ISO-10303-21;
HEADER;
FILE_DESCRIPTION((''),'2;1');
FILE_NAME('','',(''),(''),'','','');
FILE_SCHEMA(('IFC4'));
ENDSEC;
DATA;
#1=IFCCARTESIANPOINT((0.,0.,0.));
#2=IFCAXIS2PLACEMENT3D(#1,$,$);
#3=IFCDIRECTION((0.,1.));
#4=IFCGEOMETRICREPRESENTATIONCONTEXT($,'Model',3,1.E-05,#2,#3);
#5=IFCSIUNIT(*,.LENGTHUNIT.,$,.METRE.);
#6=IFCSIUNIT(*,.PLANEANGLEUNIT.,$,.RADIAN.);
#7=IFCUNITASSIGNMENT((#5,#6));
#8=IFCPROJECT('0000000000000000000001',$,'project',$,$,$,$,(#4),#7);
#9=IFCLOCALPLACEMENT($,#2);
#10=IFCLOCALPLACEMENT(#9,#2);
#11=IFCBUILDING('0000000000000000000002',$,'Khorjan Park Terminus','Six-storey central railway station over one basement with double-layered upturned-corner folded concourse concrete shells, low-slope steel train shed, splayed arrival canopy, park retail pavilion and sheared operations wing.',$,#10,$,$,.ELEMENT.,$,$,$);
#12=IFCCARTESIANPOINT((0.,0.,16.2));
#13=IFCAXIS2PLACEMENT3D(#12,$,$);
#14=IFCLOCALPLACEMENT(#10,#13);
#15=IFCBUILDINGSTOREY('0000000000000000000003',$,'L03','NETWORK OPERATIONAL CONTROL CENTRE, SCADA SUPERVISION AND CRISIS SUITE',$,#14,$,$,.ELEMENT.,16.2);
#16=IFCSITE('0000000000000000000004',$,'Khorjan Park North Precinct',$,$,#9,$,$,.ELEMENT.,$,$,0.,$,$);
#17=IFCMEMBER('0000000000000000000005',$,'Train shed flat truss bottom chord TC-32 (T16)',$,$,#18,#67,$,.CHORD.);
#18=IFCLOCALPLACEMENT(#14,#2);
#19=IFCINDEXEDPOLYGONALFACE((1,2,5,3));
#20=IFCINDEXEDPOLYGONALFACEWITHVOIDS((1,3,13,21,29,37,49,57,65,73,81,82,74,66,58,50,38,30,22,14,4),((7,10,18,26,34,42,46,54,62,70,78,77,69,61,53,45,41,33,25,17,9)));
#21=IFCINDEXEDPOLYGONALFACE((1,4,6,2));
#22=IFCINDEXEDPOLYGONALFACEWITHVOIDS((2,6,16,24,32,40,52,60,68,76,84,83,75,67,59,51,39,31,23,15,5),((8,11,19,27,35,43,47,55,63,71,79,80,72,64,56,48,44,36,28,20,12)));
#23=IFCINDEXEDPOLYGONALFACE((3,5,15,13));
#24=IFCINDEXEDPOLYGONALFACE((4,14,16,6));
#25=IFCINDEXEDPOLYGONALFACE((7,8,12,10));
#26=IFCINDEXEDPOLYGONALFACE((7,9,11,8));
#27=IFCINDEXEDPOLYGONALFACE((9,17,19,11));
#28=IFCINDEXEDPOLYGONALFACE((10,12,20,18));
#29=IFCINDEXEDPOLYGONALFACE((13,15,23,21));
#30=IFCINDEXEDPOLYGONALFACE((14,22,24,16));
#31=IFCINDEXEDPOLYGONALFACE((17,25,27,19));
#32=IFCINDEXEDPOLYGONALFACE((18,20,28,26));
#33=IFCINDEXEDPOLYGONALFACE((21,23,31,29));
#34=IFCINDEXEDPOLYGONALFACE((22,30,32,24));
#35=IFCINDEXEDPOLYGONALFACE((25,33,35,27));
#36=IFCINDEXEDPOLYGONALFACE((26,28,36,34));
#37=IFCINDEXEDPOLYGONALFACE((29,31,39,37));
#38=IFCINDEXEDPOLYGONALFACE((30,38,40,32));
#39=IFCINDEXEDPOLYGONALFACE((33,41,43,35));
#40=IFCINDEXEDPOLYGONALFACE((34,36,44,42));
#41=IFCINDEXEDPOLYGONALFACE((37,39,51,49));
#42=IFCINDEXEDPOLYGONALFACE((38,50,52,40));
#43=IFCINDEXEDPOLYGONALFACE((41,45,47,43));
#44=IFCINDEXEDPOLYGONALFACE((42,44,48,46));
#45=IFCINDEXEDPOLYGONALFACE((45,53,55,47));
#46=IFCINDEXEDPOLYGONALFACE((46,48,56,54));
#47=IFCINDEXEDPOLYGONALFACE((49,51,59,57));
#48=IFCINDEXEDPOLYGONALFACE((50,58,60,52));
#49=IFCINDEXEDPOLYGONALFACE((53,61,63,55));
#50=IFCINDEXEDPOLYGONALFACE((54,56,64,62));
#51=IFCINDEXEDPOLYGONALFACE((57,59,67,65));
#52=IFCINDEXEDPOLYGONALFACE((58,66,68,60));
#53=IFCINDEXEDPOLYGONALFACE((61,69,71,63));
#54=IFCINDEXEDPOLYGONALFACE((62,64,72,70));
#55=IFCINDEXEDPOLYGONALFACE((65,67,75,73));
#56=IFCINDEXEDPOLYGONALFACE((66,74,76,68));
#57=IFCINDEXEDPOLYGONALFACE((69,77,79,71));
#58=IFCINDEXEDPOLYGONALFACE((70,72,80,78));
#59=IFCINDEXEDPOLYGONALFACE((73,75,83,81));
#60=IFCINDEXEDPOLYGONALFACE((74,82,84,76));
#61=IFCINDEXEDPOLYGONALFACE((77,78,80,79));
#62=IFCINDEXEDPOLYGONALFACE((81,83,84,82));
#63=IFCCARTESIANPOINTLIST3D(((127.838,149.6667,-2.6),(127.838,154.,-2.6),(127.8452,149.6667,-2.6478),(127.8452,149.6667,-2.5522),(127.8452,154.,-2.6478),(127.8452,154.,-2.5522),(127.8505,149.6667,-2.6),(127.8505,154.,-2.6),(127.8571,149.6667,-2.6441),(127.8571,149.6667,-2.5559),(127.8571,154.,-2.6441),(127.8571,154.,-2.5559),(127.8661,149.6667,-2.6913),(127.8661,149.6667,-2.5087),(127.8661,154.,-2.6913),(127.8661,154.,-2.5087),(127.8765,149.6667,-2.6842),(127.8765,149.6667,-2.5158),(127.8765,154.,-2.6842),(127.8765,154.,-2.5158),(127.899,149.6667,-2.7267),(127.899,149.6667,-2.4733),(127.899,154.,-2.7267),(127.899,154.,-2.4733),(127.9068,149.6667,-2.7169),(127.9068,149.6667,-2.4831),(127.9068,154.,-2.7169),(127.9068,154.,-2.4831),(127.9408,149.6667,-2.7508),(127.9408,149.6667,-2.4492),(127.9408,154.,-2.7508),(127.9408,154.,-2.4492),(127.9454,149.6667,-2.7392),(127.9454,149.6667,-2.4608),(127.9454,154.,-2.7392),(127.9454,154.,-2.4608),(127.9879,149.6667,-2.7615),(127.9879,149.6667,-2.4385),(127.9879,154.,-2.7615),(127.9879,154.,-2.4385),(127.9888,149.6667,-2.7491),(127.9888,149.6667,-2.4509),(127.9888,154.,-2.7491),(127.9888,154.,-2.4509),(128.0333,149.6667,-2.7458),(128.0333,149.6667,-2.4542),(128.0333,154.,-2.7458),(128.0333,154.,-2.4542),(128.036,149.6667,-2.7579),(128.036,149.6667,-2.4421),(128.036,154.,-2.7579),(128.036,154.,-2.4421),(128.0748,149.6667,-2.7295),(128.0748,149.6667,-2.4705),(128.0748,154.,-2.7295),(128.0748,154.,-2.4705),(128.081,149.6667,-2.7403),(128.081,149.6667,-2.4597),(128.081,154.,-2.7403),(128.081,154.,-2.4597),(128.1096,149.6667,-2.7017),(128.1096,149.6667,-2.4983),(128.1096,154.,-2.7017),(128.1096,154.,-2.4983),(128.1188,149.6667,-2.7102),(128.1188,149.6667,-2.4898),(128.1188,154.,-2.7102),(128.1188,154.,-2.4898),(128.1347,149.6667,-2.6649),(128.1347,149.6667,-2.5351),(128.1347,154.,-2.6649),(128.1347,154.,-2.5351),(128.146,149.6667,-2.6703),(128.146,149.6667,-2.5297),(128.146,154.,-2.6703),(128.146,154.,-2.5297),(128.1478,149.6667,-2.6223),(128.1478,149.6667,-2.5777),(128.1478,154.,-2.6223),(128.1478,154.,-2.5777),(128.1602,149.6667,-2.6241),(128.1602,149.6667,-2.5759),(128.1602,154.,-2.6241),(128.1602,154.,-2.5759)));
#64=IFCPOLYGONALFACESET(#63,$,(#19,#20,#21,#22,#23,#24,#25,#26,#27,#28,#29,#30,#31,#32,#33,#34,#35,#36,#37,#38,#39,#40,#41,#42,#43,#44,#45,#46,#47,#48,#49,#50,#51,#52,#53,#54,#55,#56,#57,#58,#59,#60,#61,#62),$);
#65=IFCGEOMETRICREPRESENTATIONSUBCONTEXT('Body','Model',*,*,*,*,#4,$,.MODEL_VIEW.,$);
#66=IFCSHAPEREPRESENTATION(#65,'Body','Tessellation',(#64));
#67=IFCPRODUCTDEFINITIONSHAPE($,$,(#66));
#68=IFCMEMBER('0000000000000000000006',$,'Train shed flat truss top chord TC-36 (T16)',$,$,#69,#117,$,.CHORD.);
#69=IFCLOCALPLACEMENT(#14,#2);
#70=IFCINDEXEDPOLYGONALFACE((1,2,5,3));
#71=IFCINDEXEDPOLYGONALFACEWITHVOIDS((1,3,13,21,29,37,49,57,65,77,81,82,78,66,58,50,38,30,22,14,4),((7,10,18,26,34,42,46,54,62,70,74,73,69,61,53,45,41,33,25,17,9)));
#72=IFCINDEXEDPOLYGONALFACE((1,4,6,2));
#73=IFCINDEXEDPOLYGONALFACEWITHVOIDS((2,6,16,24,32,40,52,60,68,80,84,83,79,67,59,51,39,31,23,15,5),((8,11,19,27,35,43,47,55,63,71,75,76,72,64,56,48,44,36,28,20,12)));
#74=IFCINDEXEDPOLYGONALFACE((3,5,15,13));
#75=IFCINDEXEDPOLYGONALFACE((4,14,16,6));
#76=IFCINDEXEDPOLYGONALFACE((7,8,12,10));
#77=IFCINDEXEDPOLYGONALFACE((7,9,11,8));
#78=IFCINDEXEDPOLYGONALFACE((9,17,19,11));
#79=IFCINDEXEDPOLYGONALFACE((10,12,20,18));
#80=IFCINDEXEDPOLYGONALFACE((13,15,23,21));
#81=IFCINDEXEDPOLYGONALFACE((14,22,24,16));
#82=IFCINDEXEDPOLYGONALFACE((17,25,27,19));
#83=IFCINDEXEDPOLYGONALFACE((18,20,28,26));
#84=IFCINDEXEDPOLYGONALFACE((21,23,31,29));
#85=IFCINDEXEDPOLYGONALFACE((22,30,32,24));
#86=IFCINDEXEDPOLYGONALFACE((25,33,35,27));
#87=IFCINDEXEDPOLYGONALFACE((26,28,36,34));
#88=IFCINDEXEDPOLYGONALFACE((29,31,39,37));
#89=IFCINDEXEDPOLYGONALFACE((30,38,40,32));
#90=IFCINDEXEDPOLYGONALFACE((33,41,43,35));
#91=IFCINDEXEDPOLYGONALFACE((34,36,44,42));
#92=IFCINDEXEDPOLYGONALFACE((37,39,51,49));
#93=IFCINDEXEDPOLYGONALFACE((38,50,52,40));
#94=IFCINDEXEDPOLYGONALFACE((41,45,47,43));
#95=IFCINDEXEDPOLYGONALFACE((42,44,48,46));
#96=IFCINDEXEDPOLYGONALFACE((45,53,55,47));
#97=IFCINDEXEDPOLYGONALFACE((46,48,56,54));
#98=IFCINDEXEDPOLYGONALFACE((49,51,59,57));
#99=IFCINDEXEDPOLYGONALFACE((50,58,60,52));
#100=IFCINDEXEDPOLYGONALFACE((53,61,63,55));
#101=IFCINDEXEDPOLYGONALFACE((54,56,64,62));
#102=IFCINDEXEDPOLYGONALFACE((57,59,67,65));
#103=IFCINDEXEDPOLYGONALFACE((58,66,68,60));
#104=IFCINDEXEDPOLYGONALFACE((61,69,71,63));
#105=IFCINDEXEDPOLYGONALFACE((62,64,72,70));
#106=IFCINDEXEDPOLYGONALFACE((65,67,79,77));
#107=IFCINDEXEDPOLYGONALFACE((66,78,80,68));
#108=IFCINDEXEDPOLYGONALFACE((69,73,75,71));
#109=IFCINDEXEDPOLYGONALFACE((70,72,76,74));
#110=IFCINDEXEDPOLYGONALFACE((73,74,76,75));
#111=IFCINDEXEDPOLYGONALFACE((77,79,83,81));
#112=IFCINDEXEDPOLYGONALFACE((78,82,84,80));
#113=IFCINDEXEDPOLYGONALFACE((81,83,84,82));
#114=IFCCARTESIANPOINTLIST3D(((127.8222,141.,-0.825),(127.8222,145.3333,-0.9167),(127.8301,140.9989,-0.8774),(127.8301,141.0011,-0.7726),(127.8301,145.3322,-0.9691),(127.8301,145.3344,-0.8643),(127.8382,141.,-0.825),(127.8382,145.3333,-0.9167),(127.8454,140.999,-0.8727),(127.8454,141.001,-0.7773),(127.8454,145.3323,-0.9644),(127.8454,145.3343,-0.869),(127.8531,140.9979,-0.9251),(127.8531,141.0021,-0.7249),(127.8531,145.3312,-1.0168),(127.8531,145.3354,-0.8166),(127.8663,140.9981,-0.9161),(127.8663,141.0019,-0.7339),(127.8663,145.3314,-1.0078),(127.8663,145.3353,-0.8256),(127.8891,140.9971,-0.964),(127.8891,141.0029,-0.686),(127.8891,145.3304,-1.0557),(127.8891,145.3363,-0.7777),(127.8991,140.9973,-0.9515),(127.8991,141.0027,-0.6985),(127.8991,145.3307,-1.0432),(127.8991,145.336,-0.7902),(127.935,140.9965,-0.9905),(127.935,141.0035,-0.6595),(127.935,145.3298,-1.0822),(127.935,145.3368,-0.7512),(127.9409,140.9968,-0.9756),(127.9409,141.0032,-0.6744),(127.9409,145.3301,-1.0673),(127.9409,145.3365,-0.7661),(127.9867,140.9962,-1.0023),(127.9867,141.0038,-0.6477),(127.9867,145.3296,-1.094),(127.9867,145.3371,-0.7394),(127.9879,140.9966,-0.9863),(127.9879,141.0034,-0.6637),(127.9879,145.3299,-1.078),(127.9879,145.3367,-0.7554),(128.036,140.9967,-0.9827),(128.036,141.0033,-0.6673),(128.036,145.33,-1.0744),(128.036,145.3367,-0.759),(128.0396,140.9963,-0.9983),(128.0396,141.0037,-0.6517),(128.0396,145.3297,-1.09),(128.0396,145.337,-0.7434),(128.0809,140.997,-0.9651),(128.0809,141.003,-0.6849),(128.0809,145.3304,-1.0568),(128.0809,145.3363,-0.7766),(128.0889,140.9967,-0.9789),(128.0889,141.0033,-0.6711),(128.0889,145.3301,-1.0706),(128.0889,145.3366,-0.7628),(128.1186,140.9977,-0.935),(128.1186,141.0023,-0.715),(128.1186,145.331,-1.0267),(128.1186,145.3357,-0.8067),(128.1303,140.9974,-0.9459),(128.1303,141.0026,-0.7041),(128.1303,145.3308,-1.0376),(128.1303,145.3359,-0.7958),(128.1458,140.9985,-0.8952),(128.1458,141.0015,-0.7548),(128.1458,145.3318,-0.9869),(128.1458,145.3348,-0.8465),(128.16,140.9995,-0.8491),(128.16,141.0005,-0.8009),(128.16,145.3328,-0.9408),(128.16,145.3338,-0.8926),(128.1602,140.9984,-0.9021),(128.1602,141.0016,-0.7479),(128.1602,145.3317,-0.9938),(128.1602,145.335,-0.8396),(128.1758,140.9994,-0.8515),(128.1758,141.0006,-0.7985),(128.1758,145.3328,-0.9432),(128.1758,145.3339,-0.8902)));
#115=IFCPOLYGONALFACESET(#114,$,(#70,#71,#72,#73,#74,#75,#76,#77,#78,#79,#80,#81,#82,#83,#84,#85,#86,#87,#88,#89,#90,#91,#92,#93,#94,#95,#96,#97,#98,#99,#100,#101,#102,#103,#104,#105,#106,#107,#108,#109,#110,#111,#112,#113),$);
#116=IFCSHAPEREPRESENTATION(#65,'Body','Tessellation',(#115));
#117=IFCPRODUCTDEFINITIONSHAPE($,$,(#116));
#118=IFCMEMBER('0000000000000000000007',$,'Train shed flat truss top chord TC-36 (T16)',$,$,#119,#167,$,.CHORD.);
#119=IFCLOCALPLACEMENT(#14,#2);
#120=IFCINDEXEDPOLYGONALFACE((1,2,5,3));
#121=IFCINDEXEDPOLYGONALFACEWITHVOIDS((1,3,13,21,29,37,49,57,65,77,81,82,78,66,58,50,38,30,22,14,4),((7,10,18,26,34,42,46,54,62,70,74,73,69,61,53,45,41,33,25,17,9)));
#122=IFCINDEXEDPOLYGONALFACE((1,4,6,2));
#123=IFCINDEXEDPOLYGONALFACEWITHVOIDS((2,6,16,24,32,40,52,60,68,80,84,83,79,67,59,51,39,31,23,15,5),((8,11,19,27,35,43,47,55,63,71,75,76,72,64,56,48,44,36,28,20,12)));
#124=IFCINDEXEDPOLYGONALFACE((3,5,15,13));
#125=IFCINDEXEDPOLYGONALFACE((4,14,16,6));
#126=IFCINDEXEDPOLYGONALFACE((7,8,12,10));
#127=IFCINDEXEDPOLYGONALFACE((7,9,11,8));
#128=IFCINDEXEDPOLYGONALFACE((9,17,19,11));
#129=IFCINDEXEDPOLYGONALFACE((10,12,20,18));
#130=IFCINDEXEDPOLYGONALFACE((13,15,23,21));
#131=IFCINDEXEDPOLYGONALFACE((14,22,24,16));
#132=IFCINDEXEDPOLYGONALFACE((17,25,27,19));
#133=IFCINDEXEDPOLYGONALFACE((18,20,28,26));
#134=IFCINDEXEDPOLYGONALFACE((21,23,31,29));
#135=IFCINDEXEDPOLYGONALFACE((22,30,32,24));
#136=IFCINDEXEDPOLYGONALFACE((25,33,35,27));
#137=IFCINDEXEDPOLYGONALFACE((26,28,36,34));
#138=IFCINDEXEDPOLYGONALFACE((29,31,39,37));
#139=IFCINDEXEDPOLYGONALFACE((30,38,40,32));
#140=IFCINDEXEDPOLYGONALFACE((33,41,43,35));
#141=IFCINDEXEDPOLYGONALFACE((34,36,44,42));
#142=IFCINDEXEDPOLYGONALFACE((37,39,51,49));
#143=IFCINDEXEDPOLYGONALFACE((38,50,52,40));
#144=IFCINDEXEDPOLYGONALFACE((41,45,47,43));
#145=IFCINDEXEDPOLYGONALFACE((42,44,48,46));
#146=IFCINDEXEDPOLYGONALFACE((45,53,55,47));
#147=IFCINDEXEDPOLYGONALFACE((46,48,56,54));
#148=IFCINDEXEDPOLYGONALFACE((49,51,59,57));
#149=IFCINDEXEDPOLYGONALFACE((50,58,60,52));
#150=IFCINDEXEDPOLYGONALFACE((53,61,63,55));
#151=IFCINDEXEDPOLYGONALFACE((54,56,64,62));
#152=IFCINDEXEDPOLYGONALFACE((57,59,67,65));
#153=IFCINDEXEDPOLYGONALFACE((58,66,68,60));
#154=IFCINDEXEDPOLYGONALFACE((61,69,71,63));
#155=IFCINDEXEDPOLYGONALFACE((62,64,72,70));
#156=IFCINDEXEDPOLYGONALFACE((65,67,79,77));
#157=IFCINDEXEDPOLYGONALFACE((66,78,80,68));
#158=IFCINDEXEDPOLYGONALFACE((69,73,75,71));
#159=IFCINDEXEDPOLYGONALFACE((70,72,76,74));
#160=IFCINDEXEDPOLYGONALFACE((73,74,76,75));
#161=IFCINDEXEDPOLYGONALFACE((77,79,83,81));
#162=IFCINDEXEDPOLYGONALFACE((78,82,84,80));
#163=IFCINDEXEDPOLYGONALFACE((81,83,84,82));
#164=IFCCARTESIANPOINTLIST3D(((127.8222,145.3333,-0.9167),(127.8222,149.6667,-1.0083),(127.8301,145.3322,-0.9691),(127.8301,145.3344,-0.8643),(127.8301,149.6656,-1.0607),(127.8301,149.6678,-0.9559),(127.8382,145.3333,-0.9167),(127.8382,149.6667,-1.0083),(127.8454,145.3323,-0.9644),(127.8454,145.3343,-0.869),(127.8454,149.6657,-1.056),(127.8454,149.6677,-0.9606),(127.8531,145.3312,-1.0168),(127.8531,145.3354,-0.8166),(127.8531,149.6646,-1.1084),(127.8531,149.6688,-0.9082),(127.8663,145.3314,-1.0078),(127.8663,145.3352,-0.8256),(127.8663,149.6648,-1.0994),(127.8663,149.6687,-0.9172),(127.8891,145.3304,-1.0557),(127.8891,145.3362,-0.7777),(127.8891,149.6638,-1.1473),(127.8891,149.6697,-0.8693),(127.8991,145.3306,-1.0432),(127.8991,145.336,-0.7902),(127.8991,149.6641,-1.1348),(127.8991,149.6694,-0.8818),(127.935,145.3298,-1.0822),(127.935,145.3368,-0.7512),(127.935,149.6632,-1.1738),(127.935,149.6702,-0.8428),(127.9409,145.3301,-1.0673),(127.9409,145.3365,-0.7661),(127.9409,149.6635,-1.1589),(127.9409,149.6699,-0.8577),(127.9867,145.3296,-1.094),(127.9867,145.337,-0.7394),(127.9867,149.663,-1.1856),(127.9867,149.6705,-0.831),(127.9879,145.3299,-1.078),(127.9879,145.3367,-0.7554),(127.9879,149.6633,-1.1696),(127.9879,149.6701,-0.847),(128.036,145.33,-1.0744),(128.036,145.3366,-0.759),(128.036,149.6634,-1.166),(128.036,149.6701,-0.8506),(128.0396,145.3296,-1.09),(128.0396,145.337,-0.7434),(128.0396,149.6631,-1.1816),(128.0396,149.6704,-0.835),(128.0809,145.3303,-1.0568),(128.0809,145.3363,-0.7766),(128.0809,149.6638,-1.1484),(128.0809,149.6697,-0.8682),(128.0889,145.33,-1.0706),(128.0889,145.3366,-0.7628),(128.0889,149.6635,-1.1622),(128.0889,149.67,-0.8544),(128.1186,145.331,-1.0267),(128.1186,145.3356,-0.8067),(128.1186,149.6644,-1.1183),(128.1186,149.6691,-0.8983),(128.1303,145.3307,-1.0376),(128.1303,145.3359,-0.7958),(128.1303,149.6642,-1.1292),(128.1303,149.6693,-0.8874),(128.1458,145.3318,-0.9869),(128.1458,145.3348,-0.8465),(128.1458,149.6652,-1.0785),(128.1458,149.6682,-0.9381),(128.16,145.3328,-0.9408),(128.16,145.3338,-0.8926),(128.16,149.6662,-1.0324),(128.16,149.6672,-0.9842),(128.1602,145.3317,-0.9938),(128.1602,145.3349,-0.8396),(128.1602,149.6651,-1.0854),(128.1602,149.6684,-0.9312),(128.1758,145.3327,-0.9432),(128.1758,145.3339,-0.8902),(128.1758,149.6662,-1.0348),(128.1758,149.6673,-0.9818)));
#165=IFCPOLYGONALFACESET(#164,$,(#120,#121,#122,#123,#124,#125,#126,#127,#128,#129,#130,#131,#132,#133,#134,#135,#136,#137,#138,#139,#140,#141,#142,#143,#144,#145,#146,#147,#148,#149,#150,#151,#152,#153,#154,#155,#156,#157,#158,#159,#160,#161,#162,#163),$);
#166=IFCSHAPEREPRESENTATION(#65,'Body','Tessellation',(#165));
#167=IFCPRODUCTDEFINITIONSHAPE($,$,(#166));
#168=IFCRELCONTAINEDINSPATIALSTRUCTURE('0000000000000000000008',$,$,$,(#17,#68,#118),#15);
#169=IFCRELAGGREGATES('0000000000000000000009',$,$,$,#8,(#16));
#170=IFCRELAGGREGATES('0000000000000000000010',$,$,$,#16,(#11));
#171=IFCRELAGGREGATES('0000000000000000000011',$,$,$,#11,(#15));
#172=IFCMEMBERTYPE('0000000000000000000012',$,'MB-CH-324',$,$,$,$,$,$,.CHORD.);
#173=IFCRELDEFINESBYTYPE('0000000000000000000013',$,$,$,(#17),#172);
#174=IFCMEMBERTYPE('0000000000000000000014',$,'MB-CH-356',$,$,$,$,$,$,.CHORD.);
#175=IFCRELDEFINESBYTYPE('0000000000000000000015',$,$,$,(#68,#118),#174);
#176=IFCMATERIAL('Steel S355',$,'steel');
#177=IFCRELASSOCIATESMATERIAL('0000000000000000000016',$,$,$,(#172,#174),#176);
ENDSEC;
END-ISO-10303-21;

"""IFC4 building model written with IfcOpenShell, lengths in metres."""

from ifc_helpers import new_model, si_unit, direction, frame, origin, origin_2d, place, context, subcontext, project, spatial, hollow_circle, extrude, material, material_profile, profile_set, type_object, element, save


model = new_model("IFC4")

# Units and contexts
model_context = context("Model", 3, precision=1e-05, world=origin(), true_north=direction((0.0, 1.0)))
body_context = subcontext(model_context, "Body", "Model", "MODEL_VIEW")
ifc_project = project(units=[si_unit("LENGTHUNIT", "METRE"), si_unit("PLANEANGLEUNIT", "RADIAN")], contexts=[model_context])

# Site, building, storey
site_placement = place(None, origin())
site = spatial("IfcSite", under=ifc_project, at=site_placement, Name="Khorjan Park North Precinct", CompositionType="ELEMENT", RefElevation=0.0)
building_placement = place(site_placement, origin())
building = spatial("IfcBuilding", under=site, at=building_placement, Name="Khorjan Park Terminus", Description="Six-storey central railway station over one basement with double-layered upturned-corner folded concourse concrete shells, low-slope steel train shed, splayed arrival canopy, park retail pavilion and sheared operations wing.", CompositionType="ELEMENT")
storey_placement = place(building_placement, frame((0.0, 0.0, 16.2)))
storey = spatial("IfcBuildingStorey", under=building, at=storey_placement, Name="L03", Description="NETWORK OPERATIONAL CONTROL CENTRE, SCADA SUPERVISION AND CRISIS SUITE", CompositionType="ELEMENT", Elevation=16.2)

# Members
ifc_material = material(Name="Steel S355", Category="steel")
ifc_material_profile_1 = material_profile(ifc_material, hollow_circle(Radius=0.162, WallThickness=0.0125, at=origin_2d()), Name="CHS 323.9x12.5")
ifc_profile_set_1 = profile_set([ifc_material_profile_1], Name="Steel S355")
member_type_1 = type_object("IfcMemberType", Name="MB-CH-324", PredefinedType="CHORD", material=ifc_profile_set_1)
member_1_placement = place(storey_placement, frame((128.0, 149.6667, -2.6), z_axis=(0.0, 1.0, 0.0), x_axis=(-1.0, 0.0, 0.0)))
element("IfcMember", 1, at=member_1_placement, inside=storey, type_object=member_type_1, Name="Train shed flat truss bottom chord TC-32 (T16)", PredefinedType="CHORD", context=body_context, shape_type="SweptSolid", body=[
    extrude(hollow_circle(Radius=0.162, WallThickness=0.0125, at=origin_2d()), origin(), (0.0, 0.0, 1.0), 4.3333),
])
ifc_material_profile_2 = material_profile(ifc_material, hollow_circle(Radius=0.1778, WallThickness=0.016, at=origin_2d()), Name="CHS 355.6x16")
ifc_profile_set_2 = profile_set([ifc_material_profile_2], Name="Steel S355")
member_type_2 = type_object("IfcMemberType", Name="MB-CH-356", PredefinedType="CHORD", material=ifc_profile_set_2)
member_2_placement = place(storey_placement, frame((128.0, 141.0, -0.825), z_axis=(0.0, 0.999776, -0.021157), x_axis=(-1.0, 0.0, 0.0)))
element("IfcMember", 2, at=member_2_placement, inside=storey, type_object=member_type_2, Name="Train shed flat truss top chord TC-36 (T16)", PredefinedType="CHORD", context=body_context, shape_type="SweptSolid", body=[
    extrude(hollow_circle(Radius=0.1778, WallThickness=0.016, at=origin_2d()), origin(), (0.0, 0.0, 1.0), 4.3343),
])
member_3_placement = place(storey_placement, frame((128.0, 145.3333, -0.9167), z_axis=(0.0, 0.999777, -0.021133), x_axis=(-1.0, 0.0, 0.0)))
element("IfcMember", 3, at=member_3_placement, inside=storey, type_object=member_type_2, Name="Train shed flat truss top chord TC-36 (T16)", PredefinedType="CHORD", context=body_context, shape_type="SweptSolid", body=[
    extrude(hollow_circle(Radius=0.1778, WallThickness=0.016, at=origin_2d()), origin(), (0.0, 0.0, 1.0), 4.3344),
])

save(model, "model.ifc")
